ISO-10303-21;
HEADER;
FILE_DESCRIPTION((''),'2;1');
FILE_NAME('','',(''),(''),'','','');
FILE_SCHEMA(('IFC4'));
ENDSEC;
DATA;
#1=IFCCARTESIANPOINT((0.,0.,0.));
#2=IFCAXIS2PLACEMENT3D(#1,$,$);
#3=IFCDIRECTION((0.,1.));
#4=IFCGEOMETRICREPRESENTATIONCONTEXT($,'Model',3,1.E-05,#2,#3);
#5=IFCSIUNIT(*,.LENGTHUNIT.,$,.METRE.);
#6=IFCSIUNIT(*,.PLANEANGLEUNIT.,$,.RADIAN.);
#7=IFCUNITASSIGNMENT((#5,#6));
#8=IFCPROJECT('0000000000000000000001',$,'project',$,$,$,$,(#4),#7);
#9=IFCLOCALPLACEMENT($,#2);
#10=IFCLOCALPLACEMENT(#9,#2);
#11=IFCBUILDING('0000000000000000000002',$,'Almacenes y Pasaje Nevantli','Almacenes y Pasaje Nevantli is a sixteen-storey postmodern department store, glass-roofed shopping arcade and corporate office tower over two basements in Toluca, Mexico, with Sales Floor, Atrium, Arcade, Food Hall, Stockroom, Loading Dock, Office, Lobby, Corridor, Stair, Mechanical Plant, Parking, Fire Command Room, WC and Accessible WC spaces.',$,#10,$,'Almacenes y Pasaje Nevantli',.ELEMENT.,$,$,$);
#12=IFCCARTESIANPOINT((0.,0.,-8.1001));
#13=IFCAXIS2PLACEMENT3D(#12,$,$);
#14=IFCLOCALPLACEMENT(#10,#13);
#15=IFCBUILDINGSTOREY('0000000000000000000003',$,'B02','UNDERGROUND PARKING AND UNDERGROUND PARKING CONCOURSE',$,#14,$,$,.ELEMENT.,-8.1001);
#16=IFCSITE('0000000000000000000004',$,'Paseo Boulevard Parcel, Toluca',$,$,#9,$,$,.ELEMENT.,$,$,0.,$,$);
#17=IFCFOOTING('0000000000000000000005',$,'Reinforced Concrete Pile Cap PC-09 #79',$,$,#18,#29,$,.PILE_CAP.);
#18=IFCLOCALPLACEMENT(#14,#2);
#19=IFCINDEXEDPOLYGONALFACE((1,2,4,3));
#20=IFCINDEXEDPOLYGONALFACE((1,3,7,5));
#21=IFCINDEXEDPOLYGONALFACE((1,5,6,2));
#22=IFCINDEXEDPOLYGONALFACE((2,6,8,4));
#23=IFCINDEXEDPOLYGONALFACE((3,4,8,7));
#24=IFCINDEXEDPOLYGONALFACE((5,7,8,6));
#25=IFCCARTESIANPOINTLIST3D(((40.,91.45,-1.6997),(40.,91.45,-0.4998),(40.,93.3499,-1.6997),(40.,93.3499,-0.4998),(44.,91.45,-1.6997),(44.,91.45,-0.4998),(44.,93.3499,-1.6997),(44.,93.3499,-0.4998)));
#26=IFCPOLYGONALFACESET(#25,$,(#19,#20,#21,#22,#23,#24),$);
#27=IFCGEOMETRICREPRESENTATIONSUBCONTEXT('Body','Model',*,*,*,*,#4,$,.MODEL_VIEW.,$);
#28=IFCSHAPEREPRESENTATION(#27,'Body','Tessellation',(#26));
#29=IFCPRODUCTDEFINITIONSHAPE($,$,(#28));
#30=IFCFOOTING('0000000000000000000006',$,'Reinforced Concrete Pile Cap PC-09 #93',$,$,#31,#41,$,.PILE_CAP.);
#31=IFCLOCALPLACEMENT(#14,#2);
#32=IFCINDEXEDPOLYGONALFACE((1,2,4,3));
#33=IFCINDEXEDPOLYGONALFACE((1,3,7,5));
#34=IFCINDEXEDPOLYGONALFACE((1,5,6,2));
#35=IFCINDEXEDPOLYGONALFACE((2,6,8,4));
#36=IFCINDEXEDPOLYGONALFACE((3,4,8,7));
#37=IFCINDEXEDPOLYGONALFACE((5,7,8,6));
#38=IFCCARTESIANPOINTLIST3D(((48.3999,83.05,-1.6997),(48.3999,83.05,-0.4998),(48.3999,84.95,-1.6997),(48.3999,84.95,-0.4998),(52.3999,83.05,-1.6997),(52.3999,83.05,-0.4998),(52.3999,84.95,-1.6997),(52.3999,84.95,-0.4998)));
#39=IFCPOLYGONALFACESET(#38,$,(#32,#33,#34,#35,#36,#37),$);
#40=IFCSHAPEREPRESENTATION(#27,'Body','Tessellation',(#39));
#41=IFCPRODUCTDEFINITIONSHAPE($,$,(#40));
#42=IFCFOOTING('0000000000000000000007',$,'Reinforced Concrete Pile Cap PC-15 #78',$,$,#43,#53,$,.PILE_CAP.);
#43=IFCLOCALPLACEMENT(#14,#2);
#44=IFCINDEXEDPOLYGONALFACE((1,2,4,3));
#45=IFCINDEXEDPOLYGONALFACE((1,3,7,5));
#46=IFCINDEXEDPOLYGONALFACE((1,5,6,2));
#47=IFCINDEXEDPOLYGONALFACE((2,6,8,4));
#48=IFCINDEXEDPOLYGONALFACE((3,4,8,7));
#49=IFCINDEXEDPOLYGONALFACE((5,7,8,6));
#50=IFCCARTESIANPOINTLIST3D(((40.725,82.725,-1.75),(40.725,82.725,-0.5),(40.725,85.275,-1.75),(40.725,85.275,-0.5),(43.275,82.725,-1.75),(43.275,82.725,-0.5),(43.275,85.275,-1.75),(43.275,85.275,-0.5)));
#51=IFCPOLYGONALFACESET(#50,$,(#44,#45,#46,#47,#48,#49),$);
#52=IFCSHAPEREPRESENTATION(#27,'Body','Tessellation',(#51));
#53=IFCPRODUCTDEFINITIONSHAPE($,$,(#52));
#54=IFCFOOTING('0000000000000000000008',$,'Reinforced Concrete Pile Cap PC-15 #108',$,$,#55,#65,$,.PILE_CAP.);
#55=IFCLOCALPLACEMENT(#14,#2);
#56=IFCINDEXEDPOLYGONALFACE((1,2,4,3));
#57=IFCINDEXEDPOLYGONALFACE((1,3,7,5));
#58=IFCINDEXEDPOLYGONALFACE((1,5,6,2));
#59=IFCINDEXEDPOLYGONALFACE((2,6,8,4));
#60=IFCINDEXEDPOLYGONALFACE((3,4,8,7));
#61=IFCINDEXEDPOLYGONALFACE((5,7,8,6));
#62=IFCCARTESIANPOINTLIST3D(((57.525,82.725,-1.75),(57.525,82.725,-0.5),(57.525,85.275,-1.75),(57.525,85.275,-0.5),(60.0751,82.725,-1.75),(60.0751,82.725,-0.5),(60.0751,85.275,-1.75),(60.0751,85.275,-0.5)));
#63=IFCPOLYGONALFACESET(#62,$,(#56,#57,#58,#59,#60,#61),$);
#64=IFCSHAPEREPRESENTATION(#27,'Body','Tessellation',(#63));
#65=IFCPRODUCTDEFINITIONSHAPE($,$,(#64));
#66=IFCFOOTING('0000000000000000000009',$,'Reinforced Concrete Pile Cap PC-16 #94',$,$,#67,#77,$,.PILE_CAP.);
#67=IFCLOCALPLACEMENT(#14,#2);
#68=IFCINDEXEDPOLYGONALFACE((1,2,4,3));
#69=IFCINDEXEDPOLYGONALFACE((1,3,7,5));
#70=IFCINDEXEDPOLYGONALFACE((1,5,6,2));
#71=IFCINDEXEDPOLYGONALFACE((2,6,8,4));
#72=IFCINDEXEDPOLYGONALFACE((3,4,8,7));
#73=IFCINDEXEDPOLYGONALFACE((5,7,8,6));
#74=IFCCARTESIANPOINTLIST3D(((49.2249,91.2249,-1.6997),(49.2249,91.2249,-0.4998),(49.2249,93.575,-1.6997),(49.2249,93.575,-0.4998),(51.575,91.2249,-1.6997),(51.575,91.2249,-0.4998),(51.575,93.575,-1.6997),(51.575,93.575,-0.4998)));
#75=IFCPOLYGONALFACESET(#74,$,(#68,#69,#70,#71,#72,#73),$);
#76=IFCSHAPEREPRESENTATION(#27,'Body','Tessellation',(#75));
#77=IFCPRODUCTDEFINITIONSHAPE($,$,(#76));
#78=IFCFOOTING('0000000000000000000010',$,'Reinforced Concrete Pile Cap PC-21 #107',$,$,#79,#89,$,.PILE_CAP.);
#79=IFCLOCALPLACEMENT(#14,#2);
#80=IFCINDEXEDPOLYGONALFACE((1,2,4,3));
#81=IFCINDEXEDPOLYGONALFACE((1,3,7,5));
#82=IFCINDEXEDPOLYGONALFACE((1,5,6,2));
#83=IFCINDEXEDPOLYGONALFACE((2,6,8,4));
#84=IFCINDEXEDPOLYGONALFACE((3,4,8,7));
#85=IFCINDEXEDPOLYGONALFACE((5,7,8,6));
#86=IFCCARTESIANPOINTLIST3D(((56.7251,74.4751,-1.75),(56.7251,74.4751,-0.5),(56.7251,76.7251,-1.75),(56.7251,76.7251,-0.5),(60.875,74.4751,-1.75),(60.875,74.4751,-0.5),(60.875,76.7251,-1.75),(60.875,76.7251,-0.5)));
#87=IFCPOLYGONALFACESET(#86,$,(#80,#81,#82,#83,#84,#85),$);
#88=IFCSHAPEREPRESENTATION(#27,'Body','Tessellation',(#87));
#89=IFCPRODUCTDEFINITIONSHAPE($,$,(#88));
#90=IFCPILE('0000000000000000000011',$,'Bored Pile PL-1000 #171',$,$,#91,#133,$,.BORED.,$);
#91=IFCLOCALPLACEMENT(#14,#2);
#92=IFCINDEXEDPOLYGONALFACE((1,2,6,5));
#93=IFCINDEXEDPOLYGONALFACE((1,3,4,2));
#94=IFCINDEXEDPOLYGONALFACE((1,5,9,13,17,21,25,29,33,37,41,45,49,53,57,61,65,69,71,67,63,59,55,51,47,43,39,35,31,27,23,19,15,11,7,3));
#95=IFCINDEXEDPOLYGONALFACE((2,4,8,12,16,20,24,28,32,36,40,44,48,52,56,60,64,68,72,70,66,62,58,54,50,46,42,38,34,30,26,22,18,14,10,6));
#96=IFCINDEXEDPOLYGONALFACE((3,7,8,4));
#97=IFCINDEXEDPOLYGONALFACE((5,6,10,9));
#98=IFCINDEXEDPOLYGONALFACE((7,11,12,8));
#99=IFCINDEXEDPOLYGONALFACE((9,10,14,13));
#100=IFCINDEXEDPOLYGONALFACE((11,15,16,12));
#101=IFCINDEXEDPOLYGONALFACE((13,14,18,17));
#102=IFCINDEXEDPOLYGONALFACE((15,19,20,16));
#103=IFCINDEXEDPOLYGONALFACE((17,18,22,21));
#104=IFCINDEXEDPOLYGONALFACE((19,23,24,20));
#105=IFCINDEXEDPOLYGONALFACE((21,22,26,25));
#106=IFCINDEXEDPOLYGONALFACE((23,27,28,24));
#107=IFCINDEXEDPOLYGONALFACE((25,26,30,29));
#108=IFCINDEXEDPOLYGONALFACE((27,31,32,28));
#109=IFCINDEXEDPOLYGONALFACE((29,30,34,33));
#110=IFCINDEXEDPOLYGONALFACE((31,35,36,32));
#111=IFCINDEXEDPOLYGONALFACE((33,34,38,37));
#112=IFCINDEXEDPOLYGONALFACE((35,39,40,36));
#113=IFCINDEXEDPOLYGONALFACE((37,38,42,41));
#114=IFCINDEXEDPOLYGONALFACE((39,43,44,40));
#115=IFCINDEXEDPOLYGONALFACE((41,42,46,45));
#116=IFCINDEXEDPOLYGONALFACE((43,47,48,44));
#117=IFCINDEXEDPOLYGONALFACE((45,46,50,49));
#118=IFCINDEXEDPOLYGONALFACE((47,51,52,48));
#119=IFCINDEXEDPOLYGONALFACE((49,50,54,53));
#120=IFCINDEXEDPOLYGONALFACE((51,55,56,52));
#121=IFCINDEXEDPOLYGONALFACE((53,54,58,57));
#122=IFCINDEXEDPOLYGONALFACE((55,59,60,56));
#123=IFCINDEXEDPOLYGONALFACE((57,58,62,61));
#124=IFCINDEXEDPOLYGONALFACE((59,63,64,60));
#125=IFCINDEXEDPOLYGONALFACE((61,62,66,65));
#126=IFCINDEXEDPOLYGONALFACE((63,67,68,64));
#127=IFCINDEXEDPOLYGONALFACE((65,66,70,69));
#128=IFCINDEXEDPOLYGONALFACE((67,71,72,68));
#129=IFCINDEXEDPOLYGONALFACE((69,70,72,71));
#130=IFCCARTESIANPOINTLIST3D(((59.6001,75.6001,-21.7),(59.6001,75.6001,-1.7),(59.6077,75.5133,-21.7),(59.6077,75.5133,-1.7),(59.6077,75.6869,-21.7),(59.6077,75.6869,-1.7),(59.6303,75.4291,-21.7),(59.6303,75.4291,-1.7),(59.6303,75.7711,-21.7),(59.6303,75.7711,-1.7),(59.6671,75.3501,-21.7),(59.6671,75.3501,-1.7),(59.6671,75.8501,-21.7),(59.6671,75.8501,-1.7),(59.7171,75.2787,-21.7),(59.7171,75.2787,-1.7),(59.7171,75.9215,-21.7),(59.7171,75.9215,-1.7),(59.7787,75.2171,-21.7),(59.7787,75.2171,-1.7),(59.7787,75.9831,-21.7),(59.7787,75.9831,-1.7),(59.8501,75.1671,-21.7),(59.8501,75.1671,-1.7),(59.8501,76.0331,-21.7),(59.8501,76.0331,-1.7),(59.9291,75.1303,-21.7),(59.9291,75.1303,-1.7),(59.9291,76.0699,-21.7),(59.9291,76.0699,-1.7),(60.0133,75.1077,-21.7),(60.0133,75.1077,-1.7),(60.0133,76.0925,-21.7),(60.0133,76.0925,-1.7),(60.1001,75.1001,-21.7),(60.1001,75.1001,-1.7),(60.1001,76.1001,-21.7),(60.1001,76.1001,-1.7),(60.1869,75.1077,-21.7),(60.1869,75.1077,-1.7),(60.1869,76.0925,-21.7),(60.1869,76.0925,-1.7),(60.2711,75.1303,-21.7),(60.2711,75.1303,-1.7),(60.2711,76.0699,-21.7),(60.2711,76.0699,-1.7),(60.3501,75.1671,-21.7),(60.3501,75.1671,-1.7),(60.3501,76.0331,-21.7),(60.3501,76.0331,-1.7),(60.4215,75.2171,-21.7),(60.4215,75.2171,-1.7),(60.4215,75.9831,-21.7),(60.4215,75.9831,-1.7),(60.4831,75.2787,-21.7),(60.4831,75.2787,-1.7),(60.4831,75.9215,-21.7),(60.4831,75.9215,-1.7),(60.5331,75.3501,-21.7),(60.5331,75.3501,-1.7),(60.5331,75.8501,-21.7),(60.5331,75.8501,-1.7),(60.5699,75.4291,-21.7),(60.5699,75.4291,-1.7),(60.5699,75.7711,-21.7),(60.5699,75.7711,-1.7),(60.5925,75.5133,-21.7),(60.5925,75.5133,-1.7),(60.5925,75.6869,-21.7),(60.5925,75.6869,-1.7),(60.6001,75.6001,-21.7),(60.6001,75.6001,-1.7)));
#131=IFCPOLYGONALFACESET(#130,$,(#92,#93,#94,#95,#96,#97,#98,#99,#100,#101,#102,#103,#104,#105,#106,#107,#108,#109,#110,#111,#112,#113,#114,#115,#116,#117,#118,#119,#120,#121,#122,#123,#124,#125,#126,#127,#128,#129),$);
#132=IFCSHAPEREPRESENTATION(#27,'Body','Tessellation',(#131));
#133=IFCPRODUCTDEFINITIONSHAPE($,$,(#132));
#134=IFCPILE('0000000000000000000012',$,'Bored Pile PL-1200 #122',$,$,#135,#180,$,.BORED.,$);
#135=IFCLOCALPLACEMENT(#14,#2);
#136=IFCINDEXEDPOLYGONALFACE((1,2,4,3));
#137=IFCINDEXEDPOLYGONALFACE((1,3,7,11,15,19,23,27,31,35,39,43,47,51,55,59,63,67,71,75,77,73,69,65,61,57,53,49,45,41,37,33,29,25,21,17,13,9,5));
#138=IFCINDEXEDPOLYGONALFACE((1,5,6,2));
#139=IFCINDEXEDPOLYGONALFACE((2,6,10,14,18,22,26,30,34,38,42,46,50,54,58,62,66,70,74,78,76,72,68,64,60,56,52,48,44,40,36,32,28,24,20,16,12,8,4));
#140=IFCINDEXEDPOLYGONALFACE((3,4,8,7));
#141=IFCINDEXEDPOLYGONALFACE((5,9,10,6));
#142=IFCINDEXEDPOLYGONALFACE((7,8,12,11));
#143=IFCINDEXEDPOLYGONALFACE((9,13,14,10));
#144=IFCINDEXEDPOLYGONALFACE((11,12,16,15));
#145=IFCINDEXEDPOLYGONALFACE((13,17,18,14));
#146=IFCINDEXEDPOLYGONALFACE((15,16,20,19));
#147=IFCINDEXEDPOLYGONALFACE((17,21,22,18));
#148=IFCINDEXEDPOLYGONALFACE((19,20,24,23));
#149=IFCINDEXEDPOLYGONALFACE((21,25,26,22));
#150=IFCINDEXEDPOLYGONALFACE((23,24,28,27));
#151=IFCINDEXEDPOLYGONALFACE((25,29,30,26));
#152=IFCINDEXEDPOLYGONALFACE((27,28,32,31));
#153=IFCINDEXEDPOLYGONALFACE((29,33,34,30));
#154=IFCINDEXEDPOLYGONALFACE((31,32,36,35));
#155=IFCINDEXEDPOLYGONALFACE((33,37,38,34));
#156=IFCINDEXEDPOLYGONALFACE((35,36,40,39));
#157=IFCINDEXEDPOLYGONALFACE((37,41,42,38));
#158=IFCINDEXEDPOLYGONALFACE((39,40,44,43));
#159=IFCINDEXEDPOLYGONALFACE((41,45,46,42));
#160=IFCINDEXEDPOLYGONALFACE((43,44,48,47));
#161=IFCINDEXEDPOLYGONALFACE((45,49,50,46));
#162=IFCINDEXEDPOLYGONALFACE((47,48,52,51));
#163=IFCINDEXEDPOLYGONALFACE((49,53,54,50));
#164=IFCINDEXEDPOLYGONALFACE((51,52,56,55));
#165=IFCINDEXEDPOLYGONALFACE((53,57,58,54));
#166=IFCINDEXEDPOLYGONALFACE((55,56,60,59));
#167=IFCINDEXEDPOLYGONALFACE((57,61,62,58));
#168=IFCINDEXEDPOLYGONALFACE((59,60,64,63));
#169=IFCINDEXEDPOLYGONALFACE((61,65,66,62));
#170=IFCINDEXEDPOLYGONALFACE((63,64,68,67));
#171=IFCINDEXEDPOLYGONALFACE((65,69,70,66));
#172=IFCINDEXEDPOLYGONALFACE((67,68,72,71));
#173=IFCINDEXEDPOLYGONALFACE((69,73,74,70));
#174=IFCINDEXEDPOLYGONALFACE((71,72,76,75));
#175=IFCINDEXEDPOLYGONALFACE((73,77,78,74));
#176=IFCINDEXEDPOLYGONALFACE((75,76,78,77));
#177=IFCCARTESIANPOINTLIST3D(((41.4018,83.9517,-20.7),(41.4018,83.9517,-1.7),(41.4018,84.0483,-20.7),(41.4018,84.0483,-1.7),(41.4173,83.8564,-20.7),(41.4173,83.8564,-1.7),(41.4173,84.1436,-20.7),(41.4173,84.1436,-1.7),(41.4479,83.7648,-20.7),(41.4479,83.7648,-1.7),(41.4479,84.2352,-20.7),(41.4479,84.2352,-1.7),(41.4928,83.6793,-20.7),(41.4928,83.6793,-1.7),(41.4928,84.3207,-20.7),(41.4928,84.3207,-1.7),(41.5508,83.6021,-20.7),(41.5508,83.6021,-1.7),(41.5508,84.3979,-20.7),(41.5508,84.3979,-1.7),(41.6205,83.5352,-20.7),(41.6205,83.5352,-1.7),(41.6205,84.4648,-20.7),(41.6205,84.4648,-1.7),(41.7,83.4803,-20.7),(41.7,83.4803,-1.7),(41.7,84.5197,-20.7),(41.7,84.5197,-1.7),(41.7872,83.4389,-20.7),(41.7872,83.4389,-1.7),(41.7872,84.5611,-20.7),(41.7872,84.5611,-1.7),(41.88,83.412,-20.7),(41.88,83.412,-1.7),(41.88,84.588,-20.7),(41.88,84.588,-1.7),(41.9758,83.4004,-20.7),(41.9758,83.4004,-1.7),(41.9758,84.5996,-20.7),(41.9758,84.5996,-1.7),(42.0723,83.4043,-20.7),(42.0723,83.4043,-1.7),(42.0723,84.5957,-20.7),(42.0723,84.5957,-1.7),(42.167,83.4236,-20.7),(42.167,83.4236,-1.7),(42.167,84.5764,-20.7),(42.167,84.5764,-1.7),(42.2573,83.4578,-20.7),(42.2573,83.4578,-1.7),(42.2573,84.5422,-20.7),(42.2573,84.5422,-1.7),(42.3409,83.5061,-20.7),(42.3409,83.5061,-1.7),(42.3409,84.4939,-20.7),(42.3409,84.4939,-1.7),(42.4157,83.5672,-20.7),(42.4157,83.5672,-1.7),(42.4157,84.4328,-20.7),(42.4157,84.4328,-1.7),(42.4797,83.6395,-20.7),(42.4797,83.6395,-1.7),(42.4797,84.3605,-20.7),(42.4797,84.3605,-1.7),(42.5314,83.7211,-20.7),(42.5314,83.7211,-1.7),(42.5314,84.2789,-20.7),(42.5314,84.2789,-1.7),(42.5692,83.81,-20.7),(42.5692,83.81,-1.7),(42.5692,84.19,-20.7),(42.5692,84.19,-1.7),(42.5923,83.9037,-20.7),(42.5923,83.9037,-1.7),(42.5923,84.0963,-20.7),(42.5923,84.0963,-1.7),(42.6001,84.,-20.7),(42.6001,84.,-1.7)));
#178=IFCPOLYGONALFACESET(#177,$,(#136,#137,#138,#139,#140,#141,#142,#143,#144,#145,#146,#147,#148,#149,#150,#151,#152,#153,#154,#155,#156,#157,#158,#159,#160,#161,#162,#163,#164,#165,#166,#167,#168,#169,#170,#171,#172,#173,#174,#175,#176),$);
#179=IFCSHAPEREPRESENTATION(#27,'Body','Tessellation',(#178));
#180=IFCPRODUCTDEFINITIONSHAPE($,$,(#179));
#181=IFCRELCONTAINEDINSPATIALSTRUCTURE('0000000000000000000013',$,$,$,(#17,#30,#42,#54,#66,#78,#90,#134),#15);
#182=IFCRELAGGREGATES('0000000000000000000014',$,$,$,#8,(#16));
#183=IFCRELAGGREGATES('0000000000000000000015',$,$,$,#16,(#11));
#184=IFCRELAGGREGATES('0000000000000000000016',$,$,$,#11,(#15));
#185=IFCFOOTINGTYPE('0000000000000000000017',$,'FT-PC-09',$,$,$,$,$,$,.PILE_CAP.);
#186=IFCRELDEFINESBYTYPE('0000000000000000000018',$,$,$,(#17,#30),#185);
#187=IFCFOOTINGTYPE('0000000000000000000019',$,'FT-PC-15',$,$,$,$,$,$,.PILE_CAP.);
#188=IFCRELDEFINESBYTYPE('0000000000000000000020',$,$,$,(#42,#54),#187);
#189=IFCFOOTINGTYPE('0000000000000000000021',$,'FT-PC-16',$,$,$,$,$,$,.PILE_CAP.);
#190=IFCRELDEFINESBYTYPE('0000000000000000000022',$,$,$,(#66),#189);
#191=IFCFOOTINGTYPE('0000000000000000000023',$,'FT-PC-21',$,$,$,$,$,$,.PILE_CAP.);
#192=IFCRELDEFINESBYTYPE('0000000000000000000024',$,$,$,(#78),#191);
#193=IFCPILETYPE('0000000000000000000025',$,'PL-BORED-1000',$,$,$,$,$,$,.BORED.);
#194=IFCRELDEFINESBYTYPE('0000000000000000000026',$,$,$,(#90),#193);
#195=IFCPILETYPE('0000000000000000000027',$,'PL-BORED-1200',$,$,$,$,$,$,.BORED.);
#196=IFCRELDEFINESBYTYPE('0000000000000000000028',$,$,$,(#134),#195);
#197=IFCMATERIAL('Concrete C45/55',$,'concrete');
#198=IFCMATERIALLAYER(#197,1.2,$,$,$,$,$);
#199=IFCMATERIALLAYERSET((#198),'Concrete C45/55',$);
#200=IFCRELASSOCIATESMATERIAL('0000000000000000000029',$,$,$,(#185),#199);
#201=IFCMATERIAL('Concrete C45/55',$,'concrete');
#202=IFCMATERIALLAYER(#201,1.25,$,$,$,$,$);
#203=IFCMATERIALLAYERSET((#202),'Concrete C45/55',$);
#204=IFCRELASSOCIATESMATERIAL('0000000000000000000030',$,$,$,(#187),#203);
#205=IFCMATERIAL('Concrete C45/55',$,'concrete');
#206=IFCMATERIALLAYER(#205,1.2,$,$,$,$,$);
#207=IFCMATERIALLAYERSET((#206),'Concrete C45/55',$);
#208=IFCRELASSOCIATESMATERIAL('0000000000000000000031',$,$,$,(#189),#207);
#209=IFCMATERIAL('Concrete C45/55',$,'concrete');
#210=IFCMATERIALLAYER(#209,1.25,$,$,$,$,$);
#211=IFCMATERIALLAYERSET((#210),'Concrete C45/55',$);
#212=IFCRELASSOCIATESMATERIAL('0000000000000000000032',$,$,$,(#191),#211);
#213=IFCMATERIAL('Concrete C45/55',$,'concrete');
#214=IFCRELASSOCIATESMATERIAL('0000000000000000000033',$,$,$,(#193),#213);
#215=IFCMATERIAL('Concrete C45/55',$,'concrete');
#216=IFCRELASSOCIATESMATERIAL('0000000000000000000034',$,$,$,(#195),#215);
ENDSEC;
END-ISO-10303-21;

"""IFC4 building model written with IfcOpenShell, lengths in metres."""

from ifc_helpers import new_model, si_unit, direction, frame, origin, origin_2d, place, context, subcontext, project, spatial, rectangle, circle, extrude, material, layer, layer_set, material_profile, profile_set, type_object, element, save


model = new_model("IFC4")

# Units and contexts
model_context = context("Model", 3, precision=1e-05, world=origin(), true_north=direction((0.0, 1.0)))
body_context = subcontext(model_context, "Body", "Model", "MODEL_VIEW")
ifc_project = project(units=[si_unit("LENGTHUNIT", "METRE"), si_unit("PLANEANGLEUNIT", "RADIAN")], contexts=[model_context])

# Site, building, storey
site_placement = place(None, origin())
site = spatial("IfcSite", under=ifc_project, at=site_placement, Name="Paseo Boulevard Parcel, Toluca", CompositionType="ELEMENT", RefElevation=0.0)
building_placement = place(site_placement, origin())
building = spatial("IfcBuilding", under=site, at=building_placement, Name="Almacenes y Pasaje Nevantli", Description="Almacenes y Pasaje Nevantli is a sixteen-storey postmodern department store, glass-roofed shopping arcade and corporate office tower over two basements in Toluca, Mexico, with Sales Floor, Atrium, Arcade, Food Hall, Stockroom, Loading Dock, Office, Lobby, Corridor, Stair, Mechanical Plant, Parking, Fire Command Room, WC and Accessible WC spaces.", LongName="Almacenes y Pasaje Nevantli", CompositionType="ELEMENT")
storey_placement = place(building_placement, frame((0.0, 0.0, -8.1001)))
storey = spatial("IfcBuildingStorey", under=building, at=storey_placement, Name="B02", Description="UNDERGROUND PARKING AND UNDERGROUND PARKING CONCOURSE", CompositionType="ELEMENT", Elevation=-8.1001)

# Footings
ifc_material_1 = material(Name="Concrete C45/55", Category="concrete")
ifc_layer_1 = layer(ifc_material_1, 1.2)
ifc_layer_set_1 = layer_set([ifc_layer_1], Name="Concrete C45/55")
footing_type_1 = type_object("IfcFootingType", Name="FT-PC-09", PredefinedType="PILE_CAP", material=ifc_layer_set_1)
for number, where, z_axis, x_axis, name in (
    (1, (42.0, 92.3999, -1.6997), (0.0, 0.0, 1.0), (1.0, 0.0, 0.0), "Reinforced Concrete Pile Cap PC-09 #79"),
    (2, (50.3999, 84.0, -1.6997), (0.0, 0.0, 1.0), (1.0, 0.0, 0.0), "Reinforced Concrete Pile Cap PC-09 #93"),
):
    element("IfcFooting", number, at=place(storey_placement, frame(where, z_axis=z_axis, x_axis=x_axis)), inside=storey, type_object=footing_type_1, Name=name, PredefinedType="PILE_CAP", context=body_context, shape_type="SweptSolid", body=[
        extrude(rectangle(XDim=4.0, YDim=1.8999, at=origin_2d()), origin(), (0.0, 0.0, 1.0), 1.2),
    ])
ifc_material_2 = material(Name="Concrete C45/55", Category="concrete")
ifc_layer_2 = layer(ifc_material_2, 1.25)
ifc_layer_set_2 = layer_set([ifc_layer_2], Name="Concrete C45/55")
footing_type_2 = type_object("IfcFootingType", Name="FT-PC-15", PredefinedType="PILE_CAP", material=ifc_layer_set_2)
for number, where, z_axis, x_axis, name in (
    (3, (42.0, 84.0, -1.75), (0.0, 0.0, 1.0), (1.0, 0.0, 0.0), "Reinforced Concrete Pile Cap PC-15 #78"),
    (4, (58.8, 84.0, -1.75), (0.0, 0.0, 1.0), (1.0, 0.0, 0.0), "Reinforced Concrete Pile Cap PC-15 #108"),
):
    element("IfcFooting", number, at=place(storey_placement, frame(where, z_axis=z_axis, x_axis=x_axis)), inside=storey, type_object=footing_type_2, Name=name, PredefinedType="PILE_CAP", context=body_context, shape_type="SweptSolid", body=[
        extrude(rectangle(XDim=2.55, YDim=2.55, at=origin_2d()), origin(), (0.0, 0.0, 1.0), 1.25),
    ])
ifc_material_3 = material(Name="Concrete C45/55", Category="concrete")
ifc_layer_3 = layer(ifc_material_3, 1.2)
ifc_layer_set_3 = layer_set([ifc_layer_3], Name="Concrete C45/55")
footing_type_3 = type_object("IfcFootingType", Name="FT-PC-16", PredefinedType="PILE_CAP", material=ifc_layer_set_3)
footing_1_placement = place(storey_placement, frame((50.3999, 92.3999, -1.6997), z_axis=(0.0, 0.0, 1.0), x_axis=(1.0, 0.0, 0.0)))
element("IfcFooting", 5, at=footing_1_placement, inside=storey, type_object=footing_type_3, Name="Reinforced Concrete Pile Cap PC-16 #94", PredefinedType="PILE_CAP", context=body_context, shape_type="SweptSolid", body=[
    extrude(rectangle(XDim=2.3501, YDim=2.3501, at=origin_2d()), origin(), (0.0, 0.0, 1.0), 1.2),
])
ifc_material_4 = material(Name="Concrete C45/55", Category="concrete")
ifc_layer_4 = layer(ifc_material_4, 1.25)
ifc_layer_set_4 = layer_set([ifc_layer_4], Name="Concrete C45/55")
footing_type_4 = type_object("IfcFootingType", Name="FT-PC-21", PredefinedType="PILE_CAP", material=ifc_layer_set_4)
footing_2_placement = place(storey_placement, frame((58.8, 75.6001, -1.75), z_axis=(0.0, 0.0, 1.0), x_axis=(1.0, 0.0, 0.0)))
element("IfcFooting", 6, at=footing_2_placement, inside=storey, type_object=footing_type_4, Name="Reinforced Concrete Pile Cap PC-21 #107", PredefinedType="PILE_CAP", context=body_context, shape_type="SweptSolid", body=[
    extrude(rectangle(XDim=4.1499, YDim=2.25, at=origin_2d()), origin(), (0.0, 0.0, 1.0), 1.25),
])

# Piles
ifc_material_5 = material(Name="Concrete C45/55", Category="concrete")
ifc_material_profile_1 = material_profile(ifc_material_5, circle(Radius=0.5, at=origin_2d()), Name="RC-PILE-D1000")
ifc_profile_set_1 = profile_set([ifc_material_profile_1], Name="Concrete C45/55")
pile_type_1 = type_object("IfcPileType", Name="PL-BORED-1000", PredefinedType="BORED", material=ifc_profile_set_1)
pile_placement = place(storey_placement, frame((60.1001, 75.6001, -1.7), z_axis=(0.0, 0.0, -1.0), x_axis=(1.0, 0.0, 0.0)))
element("IfcPile", 7, at=pile_placement, inside=storey, type_object=pile_type_1, Name="Bored Pile PL-1000 #171", PredefinedType="BORED", context=body_context, shape_type="SweptSolid", body=[
    extrude(circle(Radius=0.5, at=origin_2d()), origin(), (0.0, 0.0, 1.0), 20.0),
])
ifc_material_6 = material(Name="Concrete C45/55", Category="concrete")
ifc_material_profile_2 = material_profile(ifc_material_6, circle(Radius=0.6001, at=origin_2d()), Name="RC-PILE-D1200")
ifc_profile_set_2 = profile_set([ifc_material_profile_2], Name="Concrete C45/55")
pile_type_2 = type_object("IfcPileType", Name="PL-BORED-1200", PredefinedType="BORED", material=ifc_profile_set_2)
for number, where, z_axis, x_axis, name in (
    (8, (42.0, 84.0, -1.7), (0.0, 0.0, -1.0), (1.0, 0.0, 0.0), "Bored Pile PL-1200 #122"),
):
    element("IfcPile", number, at=place(storey_placement, frame(where, z_axis=z_axis, x_axis=x_axis)), inside=storey, type_object=pile_type_2, Name=name, PredefinedType="BORED", context=body_context, shape_type="SweptSolid", body=[
        extrude(circle(Radius=0.6001, at=origin_2d()), origin(), (0.0, 0.0, 1.0), 19.0),
    ])

save(model, "model.ifc")
